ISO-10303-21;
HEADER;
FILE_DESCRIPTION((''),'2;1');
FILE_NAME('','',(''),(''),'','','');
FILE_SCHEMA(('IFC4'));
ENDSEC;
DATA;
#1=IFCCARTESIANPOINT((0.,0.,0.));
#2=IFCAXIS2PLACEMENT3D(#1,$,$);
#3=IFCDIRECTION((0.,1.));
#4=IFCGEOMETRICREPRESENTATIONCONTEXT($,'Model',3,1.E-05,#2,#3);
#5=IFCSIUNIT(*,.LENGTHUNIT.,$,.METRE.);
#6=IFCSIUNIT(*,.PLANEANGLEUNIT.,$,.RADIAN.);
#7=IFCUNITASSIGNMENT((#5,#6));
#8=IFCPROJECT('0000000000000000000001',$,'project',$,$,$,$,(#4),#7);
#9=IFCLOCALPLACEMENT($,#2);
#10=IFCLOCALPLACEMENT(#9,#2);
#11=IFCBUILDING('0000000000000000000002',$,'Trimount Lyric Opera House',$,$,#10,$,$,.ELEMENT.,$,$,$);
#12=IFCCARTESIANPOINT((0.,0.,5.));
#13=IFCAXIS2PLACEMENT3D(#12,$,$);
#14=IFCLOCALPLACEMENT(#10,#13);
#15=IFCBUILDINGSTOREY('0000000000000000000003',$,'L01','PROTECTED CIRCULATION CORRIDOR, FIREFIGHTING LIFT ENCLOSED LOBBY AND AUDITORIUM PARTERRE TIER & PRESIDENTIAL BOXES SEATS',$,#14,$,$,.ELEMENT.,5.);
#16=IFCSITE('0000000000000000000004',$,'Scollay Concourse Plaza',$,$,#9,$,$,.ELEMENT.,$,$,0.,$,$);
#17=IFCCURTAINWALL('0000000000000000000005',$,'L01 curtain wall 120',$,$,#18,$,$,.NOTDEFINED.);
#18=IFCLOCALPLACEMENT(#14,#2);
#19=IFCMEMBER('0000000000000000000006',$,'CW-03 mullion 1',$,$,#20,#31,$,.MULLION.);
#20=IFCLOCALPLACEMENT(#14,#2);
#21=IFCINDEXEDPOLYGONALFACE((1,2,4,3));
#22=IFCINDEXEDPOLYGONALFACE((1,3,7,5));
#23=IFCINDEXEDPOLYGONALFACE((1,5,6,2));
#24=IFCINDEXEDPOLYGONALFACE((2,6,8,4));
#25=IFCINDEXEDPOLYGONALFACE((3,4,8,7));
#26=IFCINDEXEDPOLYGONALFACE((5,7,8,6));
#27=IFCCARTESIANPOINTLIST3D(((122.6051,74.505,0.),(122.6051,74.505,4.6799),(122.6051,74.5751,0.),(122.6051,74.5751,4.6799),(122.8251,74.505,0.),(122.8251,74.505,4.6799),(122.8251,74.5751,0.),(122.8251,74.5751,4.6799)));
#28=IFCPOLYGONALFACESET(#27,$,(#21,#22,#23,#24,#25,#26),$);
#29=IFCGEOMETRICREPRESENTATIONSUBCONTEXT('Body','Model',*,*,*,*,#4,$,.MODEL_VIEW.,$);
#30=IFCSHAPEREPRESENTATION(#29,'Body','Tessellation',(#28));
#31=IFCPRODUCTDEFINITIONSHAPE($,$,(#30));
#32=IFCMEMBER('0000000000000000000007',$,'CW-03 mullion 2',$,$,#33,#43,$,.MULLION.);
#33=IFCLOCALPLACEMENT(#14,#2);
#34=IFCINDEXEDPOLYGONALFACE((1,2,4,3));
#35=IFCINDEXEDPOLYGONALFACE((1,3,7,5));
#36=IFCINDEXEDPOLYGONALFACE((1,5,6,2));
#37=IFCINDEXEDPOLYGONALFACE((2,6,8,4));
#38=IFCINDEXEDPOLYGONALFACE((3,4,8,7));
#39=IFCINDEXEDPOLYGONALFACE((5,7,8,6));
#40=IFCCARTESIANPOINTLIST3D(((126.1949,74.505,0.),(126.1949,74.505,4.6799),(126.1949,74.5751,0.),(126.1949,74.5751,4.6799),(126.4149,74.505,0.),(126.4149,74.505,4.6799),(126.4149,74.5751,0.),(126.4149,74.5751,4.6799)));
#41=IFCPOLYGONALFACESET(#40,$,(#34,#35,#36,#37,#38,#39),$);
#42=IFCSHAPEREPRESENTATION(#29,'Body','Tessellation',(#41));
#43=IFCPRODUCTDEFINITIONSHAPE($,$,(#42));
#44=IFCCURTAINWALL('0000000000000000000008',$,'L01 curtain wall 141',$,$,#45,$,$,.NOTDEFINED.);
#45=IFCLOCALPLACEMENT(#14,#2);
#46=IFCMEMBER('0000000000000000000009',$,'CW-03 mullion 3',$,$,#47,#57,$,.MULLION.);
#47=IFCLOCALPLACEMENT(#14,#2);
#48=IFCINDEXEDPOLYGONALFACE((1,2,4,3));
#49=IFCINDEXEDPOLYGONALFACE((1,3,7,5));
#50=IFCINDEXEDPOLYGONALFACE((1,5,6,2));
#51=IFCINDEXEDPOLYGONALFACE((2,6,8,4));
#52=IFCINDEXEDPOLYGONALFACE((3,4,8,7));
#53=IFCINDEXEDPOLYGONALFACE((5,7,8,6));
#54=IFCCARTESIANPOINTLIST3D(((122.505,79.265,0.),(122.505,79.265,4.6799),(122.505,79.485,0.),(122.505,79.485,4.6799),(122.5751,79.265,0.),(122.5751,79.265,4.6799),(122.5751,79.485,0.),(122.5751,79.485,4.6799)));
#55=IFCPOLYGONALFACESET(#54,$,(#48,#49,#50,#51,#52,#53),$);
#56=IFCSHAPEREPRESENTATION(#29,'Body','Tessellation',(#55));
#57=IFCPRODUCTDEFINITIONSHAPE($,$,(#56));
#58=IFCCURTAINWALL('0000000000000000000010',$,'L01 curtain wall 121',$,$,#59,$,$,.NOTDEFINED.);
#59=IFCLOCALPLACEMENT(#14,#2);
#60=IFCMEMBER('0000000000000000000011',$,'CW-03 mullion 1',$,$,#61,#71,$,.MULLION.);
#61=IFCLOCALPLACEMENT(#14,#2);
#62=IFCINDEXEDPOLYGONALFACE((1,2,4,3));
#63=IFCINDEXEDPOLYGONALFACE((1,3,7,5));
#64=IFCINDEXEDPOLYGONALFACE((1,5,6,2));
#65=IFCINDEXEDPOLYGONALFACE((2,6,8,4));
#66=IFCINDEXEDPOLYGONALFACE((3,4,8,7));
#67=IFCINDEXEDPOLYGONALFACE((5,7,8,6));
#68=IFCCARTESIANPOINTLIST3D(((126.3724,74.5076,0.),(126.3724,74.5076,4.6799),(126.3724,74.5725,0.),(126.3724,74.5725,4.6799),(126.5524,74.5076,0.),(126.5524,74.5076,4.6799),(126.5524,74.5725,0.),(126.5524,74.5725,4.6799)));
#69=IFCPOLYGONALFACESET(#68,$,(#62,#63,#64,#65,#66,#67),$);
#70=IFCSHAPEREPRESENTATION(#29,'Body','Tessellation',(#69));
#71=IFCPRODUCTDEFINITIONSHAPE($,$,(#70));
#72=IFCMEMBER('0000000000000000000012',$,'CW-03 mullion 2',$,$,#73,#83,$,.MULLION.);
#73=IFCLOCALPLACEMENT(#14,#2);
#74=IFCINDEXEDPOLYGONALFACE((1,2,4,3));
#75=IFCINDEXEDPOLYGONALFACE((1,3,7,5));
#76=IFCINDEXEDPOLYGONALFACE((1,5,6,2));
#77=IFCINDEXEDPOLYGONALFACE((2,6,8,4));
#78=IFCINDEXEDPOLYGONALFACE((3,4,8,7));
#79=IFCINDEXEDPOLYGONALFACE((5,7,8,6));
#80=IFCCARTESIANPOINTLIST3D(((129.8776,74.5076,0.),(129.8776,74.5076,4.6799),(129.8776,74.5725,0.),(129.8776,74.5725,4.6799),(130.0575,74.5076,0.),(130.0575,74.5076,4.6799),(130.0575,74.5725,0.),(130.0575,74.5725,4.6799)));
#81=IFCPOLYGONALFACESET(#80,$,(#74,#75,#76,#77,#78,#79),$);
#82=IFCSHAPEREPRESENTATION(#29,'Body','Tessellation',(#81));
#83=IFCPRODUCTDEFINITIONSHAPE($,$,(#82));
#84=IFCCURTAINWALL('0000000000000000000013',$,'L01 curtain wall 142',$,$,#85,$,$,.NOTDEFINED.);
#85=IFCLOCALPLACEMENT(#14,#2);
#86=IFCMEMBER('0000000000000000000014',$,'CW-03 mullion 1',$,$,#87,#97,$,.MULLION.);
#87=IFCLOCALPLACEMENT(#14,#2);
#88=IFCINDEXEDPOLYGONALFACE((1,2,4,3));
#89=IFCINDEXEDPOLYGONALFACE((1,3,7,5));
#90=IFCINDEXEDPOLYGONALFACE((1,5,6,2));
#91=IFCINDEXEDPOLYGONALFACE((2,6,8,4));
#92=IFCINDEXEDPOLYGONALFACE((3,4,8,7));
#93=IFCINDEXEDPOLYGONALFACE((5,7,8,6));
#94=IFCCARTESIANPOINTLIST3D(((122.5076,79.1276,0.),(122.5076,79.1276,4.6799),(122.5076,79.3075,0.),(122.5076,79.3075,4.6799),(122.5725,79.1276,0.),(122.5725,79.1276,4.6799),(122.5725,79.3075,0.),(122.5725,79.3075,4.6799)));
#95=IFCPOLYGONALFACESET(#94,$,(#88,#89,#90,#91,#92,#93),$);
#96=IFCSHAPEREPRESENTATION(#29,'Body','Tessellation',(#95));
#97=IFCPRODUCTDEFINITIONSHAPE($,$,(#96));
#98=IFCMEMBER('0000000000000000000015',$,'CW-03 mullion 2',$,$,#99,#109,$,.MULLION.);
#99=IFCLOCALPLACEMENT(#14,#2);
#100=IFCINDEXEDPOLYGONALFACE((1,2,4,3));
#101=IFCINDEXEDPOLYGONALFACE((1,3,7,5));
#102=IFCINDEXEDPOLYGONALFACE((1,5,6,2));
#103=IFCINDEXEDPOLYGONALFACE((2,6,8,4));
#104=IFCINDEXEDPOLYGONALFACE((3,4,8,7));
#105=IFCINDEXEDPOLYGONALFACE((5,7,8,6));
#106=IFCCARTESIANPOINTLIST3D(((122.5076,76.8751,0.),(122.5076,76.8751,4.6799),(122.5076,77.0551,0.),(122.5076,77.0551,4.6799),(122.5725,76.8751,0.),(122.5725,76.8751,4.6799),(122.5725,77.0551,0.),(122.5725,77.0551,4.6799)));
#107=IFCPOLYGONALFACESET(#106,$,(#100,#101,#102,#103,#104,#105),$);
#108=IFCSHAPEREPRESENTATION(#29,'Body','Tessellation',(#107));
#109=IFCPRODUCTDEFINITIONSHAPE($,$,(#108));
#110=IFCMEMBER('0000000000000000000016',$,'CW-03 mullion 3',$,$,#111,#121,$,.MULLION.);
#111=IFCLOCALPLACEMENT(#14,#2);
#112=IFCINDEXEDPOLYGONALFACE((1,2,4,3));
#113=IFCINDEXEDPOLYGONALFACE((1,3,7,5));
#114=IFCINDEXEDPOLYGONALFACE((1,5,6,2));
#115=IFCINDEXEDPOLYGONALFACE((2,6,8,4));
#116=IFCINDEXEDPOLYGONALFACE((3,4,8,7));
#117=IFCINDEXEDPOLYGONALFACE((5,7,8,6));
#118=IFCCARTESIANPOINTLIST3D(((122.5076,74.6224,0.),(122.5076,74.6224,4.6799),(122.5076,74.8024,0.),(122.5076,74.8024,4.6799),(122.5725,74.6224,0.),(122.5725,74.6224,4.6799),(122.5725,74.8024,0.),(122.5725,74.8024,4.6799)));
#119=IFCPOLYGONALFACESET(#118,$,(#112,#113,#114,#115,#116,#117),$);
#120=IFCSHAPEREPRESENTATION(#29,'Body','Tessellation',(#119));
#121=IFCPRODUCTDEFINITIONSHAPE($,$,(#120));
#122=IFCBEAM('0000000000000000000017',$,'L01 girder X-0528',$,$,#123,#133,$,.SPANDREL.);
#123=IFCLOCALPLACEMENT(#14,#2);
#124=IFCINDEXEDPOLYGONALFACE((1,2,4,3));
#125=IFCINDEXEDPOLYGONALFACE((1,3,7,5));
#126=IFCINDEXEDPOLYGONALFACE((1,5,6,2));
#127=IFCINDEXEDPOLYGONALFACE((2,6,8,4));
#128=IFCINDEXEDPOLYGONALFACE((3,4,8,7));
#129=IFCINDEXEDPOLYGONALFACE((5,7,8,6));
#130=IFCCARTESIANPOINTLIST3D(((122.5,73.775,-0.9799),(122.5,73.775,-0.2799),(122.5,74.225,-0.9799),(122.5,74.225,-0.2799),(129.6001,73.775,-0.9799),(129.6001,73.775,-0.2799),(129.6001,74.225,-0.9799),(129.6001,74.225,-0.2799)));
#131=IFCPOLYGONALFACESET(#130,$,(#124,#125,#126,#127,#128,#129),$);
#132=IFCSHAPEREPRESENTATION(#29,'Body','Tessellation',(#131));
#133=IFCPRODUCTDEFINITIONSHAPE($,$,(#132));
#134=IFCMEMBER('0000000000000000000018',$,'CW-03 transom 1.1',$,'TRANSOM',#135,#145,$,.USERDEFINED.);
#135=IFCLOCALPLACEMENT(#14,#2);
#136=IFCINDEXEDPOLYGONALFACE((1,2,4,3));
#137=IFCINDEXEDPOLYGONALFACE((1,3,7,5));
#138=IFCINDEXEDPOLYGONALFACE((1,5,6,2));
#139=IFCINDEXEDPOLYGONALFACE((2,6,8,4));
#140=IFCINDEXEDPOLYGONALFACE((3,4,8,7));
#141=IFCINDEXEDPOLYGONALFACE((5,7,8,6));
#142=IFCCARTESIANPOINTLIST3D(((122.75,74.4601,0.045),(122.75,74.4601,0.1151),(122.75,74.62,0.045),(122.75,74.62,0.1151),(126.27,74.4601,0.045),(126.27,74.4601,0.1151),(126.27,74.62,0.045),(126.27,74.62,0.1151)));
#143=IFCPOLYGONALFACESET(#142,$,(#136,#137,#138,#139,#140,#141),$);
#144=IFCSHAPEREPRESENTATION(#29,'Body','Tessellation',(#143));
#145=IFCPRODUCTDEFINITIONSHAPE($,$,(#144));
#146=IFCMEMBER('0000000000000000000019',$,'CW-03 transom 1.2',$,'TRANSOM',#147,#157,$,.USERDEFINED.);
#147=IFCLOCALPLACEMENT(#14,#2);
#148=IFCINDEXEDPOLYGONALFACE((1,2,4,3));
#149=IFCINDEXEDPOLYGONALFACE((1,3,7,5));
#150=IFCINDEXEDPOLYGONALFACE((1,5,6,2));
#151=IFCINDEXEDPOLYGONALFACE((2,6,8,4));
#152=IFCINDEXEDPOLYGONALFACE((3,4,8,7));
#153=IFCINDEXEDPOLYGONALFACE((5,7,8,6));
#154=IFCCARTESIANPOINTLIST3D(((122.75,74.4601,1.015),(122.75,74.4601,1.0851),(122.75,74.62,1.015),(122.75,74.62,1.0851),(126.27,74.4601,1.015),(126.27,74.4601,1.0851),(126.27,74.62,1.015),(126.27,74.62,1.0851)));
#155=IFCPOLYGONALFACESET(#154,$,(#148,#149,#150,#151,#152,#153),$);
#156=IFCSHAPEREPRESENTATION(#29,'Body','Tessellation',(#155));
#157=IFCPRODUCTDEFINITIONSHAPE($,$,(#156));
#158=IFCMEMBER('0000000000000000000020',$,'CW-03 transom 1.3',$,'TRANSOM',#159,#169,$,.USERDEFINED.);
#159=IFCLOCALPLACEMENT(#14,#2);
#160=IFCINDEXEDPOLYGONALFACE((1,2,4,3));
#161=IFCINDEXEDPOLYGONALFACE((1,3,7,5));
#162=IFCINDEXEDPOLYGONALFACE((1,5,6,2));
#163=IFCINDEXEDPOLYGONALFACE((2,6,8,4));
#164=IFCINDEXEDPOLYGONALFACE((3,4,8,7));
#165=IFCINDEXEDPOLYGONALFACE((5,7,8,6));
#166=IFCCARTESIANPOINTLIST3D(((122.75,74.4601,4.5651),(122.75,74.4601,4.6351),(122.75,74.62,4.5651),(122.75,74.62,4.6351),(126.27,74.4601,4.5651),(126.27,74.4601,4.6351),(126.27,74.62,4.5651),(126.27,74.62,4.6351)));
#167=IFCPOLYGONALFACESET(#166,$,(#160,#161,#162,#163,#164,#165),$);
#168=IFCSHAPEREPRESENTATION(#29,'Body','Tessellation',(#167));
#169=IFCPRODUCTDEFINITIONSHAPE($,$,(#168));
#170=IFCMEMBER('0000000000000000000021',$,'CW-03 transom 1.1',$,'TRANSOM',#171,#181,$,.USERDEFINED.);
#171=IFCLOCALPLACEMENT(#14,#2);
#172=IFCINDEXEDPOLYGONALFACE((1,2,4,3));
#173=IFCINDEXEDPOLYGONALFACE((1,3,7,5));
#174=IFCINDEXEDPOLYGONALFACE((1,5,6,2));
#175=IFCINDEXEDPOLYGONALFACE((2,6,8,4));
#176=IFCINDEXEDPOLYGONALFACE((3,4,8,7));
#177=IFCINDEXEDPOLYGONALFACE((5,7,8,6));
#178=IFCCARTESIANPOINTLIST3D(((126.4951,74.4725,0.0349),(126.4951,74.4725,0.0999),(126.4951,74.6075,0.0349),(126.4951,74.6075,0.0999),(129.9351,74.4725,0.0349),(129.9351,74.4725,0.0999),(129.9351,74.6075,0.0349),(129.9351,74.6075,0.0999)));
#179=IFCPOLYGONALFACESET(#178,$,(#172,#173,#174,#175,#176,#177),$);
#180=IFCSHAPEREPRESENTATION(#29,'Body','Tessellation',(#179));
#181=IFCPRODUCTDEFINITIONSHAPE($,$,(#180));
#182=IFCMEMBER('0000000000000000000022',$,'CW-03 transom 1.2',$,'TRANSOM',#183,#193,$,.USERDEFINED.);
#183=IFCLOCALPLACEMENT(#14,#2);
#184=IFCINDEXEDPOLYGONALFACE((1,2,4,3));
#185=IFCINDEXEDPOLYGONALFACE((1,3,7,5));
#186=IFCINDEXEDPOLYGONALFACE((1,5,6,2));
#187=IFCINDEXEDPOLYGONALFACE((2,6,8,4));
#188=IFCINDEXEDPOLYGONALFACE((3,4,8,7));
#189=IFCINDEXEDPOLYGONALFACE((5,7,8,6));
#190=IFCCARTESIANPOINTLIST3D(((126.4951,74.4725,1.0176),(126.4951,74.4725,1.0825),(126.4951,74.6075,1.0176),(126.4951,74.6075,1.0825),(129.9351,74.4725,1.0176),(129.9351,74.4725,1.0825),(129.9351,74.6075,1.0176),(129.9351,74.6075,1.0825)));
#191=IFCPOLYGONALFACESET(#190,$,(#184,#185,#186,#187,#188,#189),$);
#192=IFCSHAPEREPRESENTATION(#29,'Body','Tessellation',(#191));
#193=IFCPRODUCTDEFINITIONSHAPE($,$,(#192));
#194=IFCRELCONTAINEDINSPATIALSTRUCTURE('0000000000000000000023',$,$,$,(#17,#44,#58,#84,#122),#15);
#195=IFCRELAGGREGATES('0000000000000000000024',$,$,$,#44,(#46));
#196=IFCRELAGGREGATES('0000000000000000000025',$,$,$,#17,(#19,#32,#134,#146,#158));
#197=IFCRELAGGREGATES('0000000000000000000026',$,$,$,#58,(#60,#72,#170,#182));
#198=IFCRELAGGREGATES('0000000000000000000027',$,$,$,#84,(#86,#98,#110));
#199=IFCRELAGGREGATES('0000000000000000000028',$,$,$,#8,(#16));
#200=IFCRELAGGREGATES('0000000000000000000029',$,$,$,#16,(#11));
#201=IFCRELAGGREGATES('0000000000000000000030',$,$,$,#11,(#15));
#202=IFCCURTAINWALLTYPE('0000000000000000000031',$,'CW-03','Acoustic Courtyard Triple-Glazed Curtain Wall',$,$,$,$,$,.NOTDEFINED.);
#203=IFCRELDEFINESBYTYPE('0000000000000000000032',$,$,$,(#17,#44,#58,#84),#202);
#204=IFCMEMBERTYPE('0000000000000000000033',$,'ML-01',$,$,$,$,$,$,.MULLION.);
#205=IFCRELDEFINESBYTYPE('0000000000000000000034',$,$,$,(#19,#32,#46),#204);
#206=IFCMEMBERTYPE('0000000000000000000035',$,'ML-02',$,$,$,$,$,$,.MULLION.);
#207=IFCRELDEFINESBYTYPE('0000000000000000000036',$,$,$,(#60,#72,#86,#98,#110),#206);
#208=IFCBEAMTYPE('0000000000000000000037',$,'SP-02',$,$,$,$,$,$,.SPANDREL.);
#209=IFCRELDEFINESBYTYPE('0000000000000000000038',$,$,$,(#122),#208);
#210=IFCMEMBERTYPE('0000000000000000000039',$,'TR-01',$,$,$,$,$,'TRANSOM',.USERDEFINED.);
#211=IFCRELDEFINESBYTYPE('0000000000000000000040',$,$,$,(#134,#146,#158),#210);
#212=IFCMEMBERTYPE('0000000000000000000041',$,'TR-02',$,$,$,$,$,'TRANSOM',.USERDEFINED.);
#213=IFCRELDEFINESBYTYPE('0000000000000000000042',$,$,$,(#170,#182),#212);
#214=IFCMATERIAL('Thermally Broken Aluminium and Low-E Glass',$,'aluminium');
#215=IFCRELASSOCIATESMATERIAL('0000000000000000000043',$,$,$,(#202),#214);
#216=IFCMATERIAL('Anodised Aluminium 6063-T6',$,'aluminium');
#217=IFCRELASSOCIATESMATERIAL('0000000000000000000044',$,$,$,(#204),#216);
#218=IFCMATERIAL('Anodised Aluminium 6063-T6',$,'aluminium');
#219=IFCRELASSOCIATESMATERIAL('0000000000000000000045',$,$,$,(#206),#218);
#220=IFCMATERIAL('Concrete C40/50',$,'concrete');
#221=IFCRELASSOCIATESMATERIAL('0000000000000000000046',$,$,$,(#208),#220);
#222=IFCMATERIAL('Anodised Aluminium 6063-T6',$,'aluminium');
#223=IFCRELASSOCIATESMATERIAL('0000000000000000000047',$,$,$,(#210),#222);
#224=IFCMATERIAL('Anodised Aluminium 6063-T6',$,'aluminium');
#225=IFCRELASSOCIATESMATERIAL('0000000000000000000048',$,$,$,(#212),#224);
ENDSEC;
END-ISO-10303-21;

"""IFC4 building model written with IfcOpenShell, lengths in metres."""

from ifc_helpers import new_model, si_unit, direction, frame, origin, origin_2d, place, context, subcontext, project, spatial, rectangle, extrude, material, material_profile, profile_set, type_object, element, aggregate, save


model = new_model("IFC4")

# Units and contexts
model_context = context("Model", 3, precision=1e-05, world=origin(), true_north=direction((0.0, 1.0)))
body_context = subcontext(model_context, "Body", "Model", "MODEL_VIEW")
ifc_project = project(units=[si_unit("LENGTHUNIT", "METRE"), si_unit("PLANEANGLEUNIT", "RADIAN")], contexts=[model_context])

# Site, building, storey
site_placement = place(None, origin())
site = spatial("IfcSite", under=ifc_project, at=site_placement, Name="Scollay Concourse Plaza", CompositionType="ELEMENT", RefElevation=0.0)
building_placement = place(site_placement, origin())
building = spatial("IfcBuilding", under=site, at=building_placement, Name="Trimount Lyric Opera House", CompositionType="ELEMENT")
storey_placement = place(building_placement, frame((0.0, 0.0, 5.0)))
storey = spatial("IfcBuildingStorey", under=building, at=storey_placement, Name="L01", Description="PROTECTED CIRCULATION CORRIDOR, FIREFIGHTING LIFT ENCLOSED LOBBY AND AUDITORIUM PARTERRE TIER & PRESIDENTIAL BOXES SEATS", CompositionType="ELEMENT", Elevation=5.0)

# Curtain wall, members
ifc_material_1 = material(Name="Thermally Broken Aluminium and Low-E Glass", Category="aluminium")
curtain_wall_type = type_object("IfcCurtainWallType", Name="CW-03", Description="Acoustic Courtyard Triple-Glazed Curtain Wall", PredefinedType="NOTDEFINED", material=ifc_material_1)
curtain_wall_1_placement = place(storey_placement, origin())
curtain_wall_1 = element("IfcCurtainWall", 1, at=curtain_wall_1_placement, inside=storey, type_object=curtain_wall_type, Name="L01 curtain wall 120", PredefinedType="NOTDEFINED")
ifc_material_2 = material(Name="Anodised Aluminium 6063-T6", Category="aluminium")
ifc_material_profile_1 = material_profile(ifc_material_2, rectangle(XDim=0.0701, YDim=0.22, at=origin_2d()), Name="ALU-MULL-70X220")
ifc_profile_set_1 = profile_set([ifc_material_profile_1], Name="Anodised Aluminium 6063-T6")
member_type_1 = type_object("IfcMemberType", Name="ML-01", PredefinedType="MULLION", material=ifc_profile_set_1)
member_1_placement = place(storey_placement, frame((122.7151, 74.54, 0.0), z_axis=(0.0, 0.0, 1.0), x_axis=(0.0, 1.0, 0.0)))
member_1 = element("IfcMember", 2, at=member_1_placement, type_object=member_type_1, Name="CW-03 mullion 1", PredefinedType="MULLION", context=body_context, shape_type="SweptSolid", body=[
    extrude(rectangle(XDim=0.0701, YDim=0.22, at=origin_2d()), origin(), (0.0, 0.0, 1.0), 4.6799),
])
member_2_placement = place(storey_placement, frame((126.3049, 74.54, 0.0), z_axis=(0.0, 0.0, 1.0), x_axis=(0.0, 1.0, 0.0)))
member_2 = element("IfcMember", 3, at=member_2_placement, type_object=member_type_1, Name="CW-03 mullion 2", PredefinedType="MULLION", context=body_context, shape_type="SweptSolid", body=[
    extrude(rectangle(XDim=0.0701, YDim=0.22, at=origin_2d()), origin(), (0.0, 0.0, 1.0), 4.6799),
])

# Curtain wall, member
curtain_wall_2_placement = place(storey_placement, origin())
curtain_wall_2 = element("IfcCurtainWall", 4, at=curtain_wall_2_placement, inside=storey, type_object=curtain_wall_type, Name="L01 curtain wall 141", PredefinedType="NOTDEFINED")
member_3_placement = place(storey_placement, frame((122.54, 79.375, 0.0), z_axis=(0.0, 0.0, 1.0), x_axis=(1.0, 0.0, 0.0)))
member_3 = element("IfcMember", 5, at=member_3_placement, type_object=member_type_1, Name="CW-03 mullion 3", PredefinedType="MULLION", context=body_context, shape_type="SweptSolid", body=[
    extrude(rectangle(XDim=0.0701, YDim=0.22, at=origin_2d()), origin(), (0.0, 0.0, 1.0), 4.6799),
])

# Curtain walls, members
curtain_wall_3_placement = place(storey_placement, origin())
curtain_wall_3 = element("IfcCurtainWall", 6, at=curtain_wall_3_placement, inside=storey, type_object=curtain_wall_type, Name="L01 curtain wall 121", PredefinedType="NOTDEFINED")
ifc_material_3 = material(Name="Anodised Aluminium 6063-T6", Category="aluminium")
ifc_material_profile_2 = material_profile(ifc_material_3, rectangle(XDim=0.0649, YDim=0.1799, at=origin_2d()), Name="ALU-MULL-65X180")
ifc_profile_set_2 = profile_set([ifc_material_profile_2], Name="Anodised Aluminium 6063-T6")
member_type_2 = type_object("IfcMemberType", Name="ML-02", PredefinedType="MULLION", material=ifc_profile_set_2)
member_4_placement = place(storey_placement, frame((126.4624, 74.54, 0.0), z_axis=(0.0, 0.0, 1.0), x_axis=(0.0, 1.0, 0.0)))
member_4 = element("IfcMember", 7, at=member_4_placement, type_object=member_type_2, Name="CW-03 mullion 1", PredefinedType="MULLION", context=body_context, shape_type="SweptSolid", body=[
    extrude(rectangle(XDim=0.0649, YDim=0.1799, at=origin_2d()), origin(), (0.0, 0.0, 1.0), 4.6799),
])
member_5_placement = place(storey_placement, frame((129.9675, 74.54, 0.0), z_axis=(0.0, 0.0, 1.0), x_axis=(0.0, 1.0, 0.0)))
member_5 = element("IfcMember", 8, at=member_5_placement, type_object=member_type_2, Name="CW-03 mullion 2", PredefinedType="MULLION", context=body_context, shape_type="SweptSolid", body=[
    extrude(rectangle(XDim=0.0649, YDim=0.1799, at=origin_2d()), origin(), (0.0, 0.0, 1.0), 4.6799),
])
curtain_wall_4_placement = place(storey_placement, origin())
curtain_wall_4 = element("IfcCurtainWall", 9, at=curtain_wall_4_placement, inside=storey, type_object=curtain_wall_type, Name="L01 curtain wall 142", PredefinedType="NOTDEFINED")
member_6_placement = place(storey_placement, frame((122.54, 79.2175, 0.0), z_axis=(0.0, 0.0, 1.0), x_axis=(1.0, 0.0, 0.0)))
member_6 = element("IfcMember", 10, at=member_6_placement, type_object=member_type_2, Name="CW-03 mullion 1", PredefinedType="MULLION", context=body_context, shape_type="SweptSolid", body=[
    extrude(rectangle(XDim=0.0649, YDim=0.1799, at=origin_2d()), origin(), (0.0, 0.0, 1.0), 4.6799),
])
member_7_placement = place(storey_placement, frame((122.54, 76.9651, 0.0), z_axis=(0.0, 0.0, 1.0), x_axis=(1.0, 0.0, 0.0)))
member_7 = element("IfcMember", 11, at=member_7_placement, type_object=member_type_2, Name="CW-03 mullion 2", PredefinedType="MULLION", context=body_context, shape_type="SweptSolid", body=[
    extrude(rectangle(XDim=0.0649, YDim=0.1799, at=origin_2d()), origin(), (0.0, 0.0, 1.0), 4.6799),
])
member_8_placement = place(storey_placement, frame((122.54, 74.7124, 0.0), z_axis=(0.0, 0.0, 1.0), x_axis=(1.0, 0.0, 0.0)))
member_8 = element("IfcMember", 12, at=member_8_placement, type_object=member_type_2, Name="CW-03 mullion 3", PredefinedType="MULLION", context=body_context, shape_type="SweptSolid", body=[
    extrude(rectangle(XDim=0.0649, YDim=0.1799, at=origin_2d()), origin(), (0.0, 0.0, 1.0), 4.6799),
])

# Beam
ifc_material_4 = material(Name="Concrete C40/50", Category="concrete")
ifc_material_profile_3 = material_profile(ifc_material_4, rectangle(XDim=0.45, YDim=0.7, at=origin_2d()), Name="RC450X700")
ifc_profile_set_3 = profile_set([ifc_material_profile_3], Name="Concrete C40/50")
beam_type = type_object("IfcBeamType", Name="SP-02", PredefinedType="SPANDREL", material=ifc_profile_set_3)
beam_placement = place(storey_placement, frame((122.5, 74.0, -0.6299), z_axis=(1.0, 0.0, 0.0), x_axis=(0.0, 1.0, 0.0)))
element("IfcBeam", 13, at=beam_placement, inside=storey, type_object=beam_type, Name="L01 girder X-0528", PredefinedType="SPANDREL", context=body_context, shape_type="SweptSolid", body=[
    extrude(rectangle(XDim=0.45, YDim=0.7, at=origin_2d()), origin(), (0.0, 0.0, 1.0), 7.1001),
])

# Members
ifc_material_5 = material(Name="Anodised Aluminium 6063-T6", Category="aluminium")
ifc_material_profile_4 = material_profile(ifc_material_5, rectangle(XDim=0.1599, YDim=0.0701, at=origin_2d()), Name="ALU-TRAN-70X160")
ifc_profile_set_4 = profile_set([ifc_material_profile_4], Name="Anodised Aluminium 6063-T6")
member_type_3 = type_object("IfcMemberType", Name="TR-01", ElementType="TRANSOM", PredefinedType="USERDEFINED", material=ifc_profile_set_4)
member_9_placement = place(storey_placement, frame((122.75, 74.54, 0.0801), z_axis=(1.0, 0.0, 0.0), x_axis=(0.0, 1.0, 0.0)))
member_9 = element("IfcMember", 14, at=member_9_placement, type_object=member_type_3, Name="CW-03 transom 1.1", ObjectType="TRANSOM", PredefinedType="USERDEFINED", context=body_context, shape_type="SweptSolid", body=[
    extrude(rectangle(XDim=0.1599, YDim=0.0701, at=origin_2d()), origin(), (0.0, 0.0, 1.0), 3.52),
])
member_10_placement = place(storey_placement, frame((122.75, 74.54, 1.05), z_axis=(1.0, 0.0, 0.0), x_axis=(0.0, 1.0, 0.0)))
member_10 = element("IfcMember", 15, at=member_10_placement, type_object=member_type_3, Name="CW-03 transom 1.2", ObjectType="TRANSOM", PredefinedType="USERDEFINED", context=body_context, shape_type="SweptSolid", body=[
    extrude(rectangle(XDim=0.1599, YDim=0.0701, at=origin_2d()), origin(), (0.0, 0.0, 1.0), 3.52),
])
member_11_placement = place(storey_placement, frame((122.75, 74.54, 4.6001), z_axis=(1.0, 0.0, 0.0), x_axis=(0.0, 1.0, 0.0)))
member_11 = element("IfcMember", 16, at=member_11_placement, type_object=member_type_3, Name="CW-03 transom 1.3", ObjectType="TRANSOM", PredefinedType="USERDEFINED", context=body_context, shape_type="SweptSolid", body=[
    extrude(rectangle(XDim=0.1599, YDim=0.0701, at=origin_2d()), origin(), (0.0, 0.0, 1.0), 3.52),
])
ifc_material_6 = material(Name="Anodised Aluminium 6063-T6", Category="aluminium")
ifc_material_profile_5 = material_profile(ifc_material_6, rectangle(XDim=0.135, YDim=0.0649, at=origin_2d()), Name="ALU-TRAN-65X135")
ifc_profile_set_5 = profile_set([ifc_material_profile_5], Name="Anodised Aluminium 6063-T6")
member_type_4 = type_object("IfcMemberType", Name="TR-02", ElementType="TRANSOM", PredefinedType="USERDEFINED", material=ifc_profile_set_5)
member_12_placement = place(storey_placement, frame((126.4951, 74.54, 0.0674), z_axis=(1.0, 0.0, 0.0), x_axis=(0.0, 1.0, 0.0)))
member_12 = element("IfcMember", 17, at=member_12_placement, type_object=member_type_4, Name="CW-03 transom 1.1", ObjectType="TRANSOM", PredefinedType="USERDEFINED", context=body_context, shape_type="SweptSolid", body=[
    extrude(rectangle(XDim=0.135, YDim=0.0649, at=origin_2d()), origin(), (0.0, 0.0, 1.0), 3.4399),
])
member_13_placement = place(storey_placement, frame((126.4951, 74.54, 1.05), z_axis=(1.0, 0.0, 0.0), x_axis=(0.0, 1.0, 0.0)))
member_13 = element("IfcMember", 18, at=member_13_placement, type_object=member_type_4, Name="CW-03 transom 1.2", ObjectType="TRANSOM", PredefinedType="USERDEFINED", context=body_context, shape_type="SweptSolid", body=[
    extrude(rectangle(XDim=0.135, YDim=0.0649, at=origin_2d()), origin(), (0.0, 0.0, 1.0), 3.4399),
])

aggregate(curtain_wall_2, [member_3])
aggregate(curtain_wall_1, [member_1, member_2, member_9, member_10, member_11])
aggregate(curtain_wall_3, [member_4, member_5, member_12, member_13])
aggregate(curtain_wall_4, [member_6, member_7, member_8])

save(model, "model.ifc")
